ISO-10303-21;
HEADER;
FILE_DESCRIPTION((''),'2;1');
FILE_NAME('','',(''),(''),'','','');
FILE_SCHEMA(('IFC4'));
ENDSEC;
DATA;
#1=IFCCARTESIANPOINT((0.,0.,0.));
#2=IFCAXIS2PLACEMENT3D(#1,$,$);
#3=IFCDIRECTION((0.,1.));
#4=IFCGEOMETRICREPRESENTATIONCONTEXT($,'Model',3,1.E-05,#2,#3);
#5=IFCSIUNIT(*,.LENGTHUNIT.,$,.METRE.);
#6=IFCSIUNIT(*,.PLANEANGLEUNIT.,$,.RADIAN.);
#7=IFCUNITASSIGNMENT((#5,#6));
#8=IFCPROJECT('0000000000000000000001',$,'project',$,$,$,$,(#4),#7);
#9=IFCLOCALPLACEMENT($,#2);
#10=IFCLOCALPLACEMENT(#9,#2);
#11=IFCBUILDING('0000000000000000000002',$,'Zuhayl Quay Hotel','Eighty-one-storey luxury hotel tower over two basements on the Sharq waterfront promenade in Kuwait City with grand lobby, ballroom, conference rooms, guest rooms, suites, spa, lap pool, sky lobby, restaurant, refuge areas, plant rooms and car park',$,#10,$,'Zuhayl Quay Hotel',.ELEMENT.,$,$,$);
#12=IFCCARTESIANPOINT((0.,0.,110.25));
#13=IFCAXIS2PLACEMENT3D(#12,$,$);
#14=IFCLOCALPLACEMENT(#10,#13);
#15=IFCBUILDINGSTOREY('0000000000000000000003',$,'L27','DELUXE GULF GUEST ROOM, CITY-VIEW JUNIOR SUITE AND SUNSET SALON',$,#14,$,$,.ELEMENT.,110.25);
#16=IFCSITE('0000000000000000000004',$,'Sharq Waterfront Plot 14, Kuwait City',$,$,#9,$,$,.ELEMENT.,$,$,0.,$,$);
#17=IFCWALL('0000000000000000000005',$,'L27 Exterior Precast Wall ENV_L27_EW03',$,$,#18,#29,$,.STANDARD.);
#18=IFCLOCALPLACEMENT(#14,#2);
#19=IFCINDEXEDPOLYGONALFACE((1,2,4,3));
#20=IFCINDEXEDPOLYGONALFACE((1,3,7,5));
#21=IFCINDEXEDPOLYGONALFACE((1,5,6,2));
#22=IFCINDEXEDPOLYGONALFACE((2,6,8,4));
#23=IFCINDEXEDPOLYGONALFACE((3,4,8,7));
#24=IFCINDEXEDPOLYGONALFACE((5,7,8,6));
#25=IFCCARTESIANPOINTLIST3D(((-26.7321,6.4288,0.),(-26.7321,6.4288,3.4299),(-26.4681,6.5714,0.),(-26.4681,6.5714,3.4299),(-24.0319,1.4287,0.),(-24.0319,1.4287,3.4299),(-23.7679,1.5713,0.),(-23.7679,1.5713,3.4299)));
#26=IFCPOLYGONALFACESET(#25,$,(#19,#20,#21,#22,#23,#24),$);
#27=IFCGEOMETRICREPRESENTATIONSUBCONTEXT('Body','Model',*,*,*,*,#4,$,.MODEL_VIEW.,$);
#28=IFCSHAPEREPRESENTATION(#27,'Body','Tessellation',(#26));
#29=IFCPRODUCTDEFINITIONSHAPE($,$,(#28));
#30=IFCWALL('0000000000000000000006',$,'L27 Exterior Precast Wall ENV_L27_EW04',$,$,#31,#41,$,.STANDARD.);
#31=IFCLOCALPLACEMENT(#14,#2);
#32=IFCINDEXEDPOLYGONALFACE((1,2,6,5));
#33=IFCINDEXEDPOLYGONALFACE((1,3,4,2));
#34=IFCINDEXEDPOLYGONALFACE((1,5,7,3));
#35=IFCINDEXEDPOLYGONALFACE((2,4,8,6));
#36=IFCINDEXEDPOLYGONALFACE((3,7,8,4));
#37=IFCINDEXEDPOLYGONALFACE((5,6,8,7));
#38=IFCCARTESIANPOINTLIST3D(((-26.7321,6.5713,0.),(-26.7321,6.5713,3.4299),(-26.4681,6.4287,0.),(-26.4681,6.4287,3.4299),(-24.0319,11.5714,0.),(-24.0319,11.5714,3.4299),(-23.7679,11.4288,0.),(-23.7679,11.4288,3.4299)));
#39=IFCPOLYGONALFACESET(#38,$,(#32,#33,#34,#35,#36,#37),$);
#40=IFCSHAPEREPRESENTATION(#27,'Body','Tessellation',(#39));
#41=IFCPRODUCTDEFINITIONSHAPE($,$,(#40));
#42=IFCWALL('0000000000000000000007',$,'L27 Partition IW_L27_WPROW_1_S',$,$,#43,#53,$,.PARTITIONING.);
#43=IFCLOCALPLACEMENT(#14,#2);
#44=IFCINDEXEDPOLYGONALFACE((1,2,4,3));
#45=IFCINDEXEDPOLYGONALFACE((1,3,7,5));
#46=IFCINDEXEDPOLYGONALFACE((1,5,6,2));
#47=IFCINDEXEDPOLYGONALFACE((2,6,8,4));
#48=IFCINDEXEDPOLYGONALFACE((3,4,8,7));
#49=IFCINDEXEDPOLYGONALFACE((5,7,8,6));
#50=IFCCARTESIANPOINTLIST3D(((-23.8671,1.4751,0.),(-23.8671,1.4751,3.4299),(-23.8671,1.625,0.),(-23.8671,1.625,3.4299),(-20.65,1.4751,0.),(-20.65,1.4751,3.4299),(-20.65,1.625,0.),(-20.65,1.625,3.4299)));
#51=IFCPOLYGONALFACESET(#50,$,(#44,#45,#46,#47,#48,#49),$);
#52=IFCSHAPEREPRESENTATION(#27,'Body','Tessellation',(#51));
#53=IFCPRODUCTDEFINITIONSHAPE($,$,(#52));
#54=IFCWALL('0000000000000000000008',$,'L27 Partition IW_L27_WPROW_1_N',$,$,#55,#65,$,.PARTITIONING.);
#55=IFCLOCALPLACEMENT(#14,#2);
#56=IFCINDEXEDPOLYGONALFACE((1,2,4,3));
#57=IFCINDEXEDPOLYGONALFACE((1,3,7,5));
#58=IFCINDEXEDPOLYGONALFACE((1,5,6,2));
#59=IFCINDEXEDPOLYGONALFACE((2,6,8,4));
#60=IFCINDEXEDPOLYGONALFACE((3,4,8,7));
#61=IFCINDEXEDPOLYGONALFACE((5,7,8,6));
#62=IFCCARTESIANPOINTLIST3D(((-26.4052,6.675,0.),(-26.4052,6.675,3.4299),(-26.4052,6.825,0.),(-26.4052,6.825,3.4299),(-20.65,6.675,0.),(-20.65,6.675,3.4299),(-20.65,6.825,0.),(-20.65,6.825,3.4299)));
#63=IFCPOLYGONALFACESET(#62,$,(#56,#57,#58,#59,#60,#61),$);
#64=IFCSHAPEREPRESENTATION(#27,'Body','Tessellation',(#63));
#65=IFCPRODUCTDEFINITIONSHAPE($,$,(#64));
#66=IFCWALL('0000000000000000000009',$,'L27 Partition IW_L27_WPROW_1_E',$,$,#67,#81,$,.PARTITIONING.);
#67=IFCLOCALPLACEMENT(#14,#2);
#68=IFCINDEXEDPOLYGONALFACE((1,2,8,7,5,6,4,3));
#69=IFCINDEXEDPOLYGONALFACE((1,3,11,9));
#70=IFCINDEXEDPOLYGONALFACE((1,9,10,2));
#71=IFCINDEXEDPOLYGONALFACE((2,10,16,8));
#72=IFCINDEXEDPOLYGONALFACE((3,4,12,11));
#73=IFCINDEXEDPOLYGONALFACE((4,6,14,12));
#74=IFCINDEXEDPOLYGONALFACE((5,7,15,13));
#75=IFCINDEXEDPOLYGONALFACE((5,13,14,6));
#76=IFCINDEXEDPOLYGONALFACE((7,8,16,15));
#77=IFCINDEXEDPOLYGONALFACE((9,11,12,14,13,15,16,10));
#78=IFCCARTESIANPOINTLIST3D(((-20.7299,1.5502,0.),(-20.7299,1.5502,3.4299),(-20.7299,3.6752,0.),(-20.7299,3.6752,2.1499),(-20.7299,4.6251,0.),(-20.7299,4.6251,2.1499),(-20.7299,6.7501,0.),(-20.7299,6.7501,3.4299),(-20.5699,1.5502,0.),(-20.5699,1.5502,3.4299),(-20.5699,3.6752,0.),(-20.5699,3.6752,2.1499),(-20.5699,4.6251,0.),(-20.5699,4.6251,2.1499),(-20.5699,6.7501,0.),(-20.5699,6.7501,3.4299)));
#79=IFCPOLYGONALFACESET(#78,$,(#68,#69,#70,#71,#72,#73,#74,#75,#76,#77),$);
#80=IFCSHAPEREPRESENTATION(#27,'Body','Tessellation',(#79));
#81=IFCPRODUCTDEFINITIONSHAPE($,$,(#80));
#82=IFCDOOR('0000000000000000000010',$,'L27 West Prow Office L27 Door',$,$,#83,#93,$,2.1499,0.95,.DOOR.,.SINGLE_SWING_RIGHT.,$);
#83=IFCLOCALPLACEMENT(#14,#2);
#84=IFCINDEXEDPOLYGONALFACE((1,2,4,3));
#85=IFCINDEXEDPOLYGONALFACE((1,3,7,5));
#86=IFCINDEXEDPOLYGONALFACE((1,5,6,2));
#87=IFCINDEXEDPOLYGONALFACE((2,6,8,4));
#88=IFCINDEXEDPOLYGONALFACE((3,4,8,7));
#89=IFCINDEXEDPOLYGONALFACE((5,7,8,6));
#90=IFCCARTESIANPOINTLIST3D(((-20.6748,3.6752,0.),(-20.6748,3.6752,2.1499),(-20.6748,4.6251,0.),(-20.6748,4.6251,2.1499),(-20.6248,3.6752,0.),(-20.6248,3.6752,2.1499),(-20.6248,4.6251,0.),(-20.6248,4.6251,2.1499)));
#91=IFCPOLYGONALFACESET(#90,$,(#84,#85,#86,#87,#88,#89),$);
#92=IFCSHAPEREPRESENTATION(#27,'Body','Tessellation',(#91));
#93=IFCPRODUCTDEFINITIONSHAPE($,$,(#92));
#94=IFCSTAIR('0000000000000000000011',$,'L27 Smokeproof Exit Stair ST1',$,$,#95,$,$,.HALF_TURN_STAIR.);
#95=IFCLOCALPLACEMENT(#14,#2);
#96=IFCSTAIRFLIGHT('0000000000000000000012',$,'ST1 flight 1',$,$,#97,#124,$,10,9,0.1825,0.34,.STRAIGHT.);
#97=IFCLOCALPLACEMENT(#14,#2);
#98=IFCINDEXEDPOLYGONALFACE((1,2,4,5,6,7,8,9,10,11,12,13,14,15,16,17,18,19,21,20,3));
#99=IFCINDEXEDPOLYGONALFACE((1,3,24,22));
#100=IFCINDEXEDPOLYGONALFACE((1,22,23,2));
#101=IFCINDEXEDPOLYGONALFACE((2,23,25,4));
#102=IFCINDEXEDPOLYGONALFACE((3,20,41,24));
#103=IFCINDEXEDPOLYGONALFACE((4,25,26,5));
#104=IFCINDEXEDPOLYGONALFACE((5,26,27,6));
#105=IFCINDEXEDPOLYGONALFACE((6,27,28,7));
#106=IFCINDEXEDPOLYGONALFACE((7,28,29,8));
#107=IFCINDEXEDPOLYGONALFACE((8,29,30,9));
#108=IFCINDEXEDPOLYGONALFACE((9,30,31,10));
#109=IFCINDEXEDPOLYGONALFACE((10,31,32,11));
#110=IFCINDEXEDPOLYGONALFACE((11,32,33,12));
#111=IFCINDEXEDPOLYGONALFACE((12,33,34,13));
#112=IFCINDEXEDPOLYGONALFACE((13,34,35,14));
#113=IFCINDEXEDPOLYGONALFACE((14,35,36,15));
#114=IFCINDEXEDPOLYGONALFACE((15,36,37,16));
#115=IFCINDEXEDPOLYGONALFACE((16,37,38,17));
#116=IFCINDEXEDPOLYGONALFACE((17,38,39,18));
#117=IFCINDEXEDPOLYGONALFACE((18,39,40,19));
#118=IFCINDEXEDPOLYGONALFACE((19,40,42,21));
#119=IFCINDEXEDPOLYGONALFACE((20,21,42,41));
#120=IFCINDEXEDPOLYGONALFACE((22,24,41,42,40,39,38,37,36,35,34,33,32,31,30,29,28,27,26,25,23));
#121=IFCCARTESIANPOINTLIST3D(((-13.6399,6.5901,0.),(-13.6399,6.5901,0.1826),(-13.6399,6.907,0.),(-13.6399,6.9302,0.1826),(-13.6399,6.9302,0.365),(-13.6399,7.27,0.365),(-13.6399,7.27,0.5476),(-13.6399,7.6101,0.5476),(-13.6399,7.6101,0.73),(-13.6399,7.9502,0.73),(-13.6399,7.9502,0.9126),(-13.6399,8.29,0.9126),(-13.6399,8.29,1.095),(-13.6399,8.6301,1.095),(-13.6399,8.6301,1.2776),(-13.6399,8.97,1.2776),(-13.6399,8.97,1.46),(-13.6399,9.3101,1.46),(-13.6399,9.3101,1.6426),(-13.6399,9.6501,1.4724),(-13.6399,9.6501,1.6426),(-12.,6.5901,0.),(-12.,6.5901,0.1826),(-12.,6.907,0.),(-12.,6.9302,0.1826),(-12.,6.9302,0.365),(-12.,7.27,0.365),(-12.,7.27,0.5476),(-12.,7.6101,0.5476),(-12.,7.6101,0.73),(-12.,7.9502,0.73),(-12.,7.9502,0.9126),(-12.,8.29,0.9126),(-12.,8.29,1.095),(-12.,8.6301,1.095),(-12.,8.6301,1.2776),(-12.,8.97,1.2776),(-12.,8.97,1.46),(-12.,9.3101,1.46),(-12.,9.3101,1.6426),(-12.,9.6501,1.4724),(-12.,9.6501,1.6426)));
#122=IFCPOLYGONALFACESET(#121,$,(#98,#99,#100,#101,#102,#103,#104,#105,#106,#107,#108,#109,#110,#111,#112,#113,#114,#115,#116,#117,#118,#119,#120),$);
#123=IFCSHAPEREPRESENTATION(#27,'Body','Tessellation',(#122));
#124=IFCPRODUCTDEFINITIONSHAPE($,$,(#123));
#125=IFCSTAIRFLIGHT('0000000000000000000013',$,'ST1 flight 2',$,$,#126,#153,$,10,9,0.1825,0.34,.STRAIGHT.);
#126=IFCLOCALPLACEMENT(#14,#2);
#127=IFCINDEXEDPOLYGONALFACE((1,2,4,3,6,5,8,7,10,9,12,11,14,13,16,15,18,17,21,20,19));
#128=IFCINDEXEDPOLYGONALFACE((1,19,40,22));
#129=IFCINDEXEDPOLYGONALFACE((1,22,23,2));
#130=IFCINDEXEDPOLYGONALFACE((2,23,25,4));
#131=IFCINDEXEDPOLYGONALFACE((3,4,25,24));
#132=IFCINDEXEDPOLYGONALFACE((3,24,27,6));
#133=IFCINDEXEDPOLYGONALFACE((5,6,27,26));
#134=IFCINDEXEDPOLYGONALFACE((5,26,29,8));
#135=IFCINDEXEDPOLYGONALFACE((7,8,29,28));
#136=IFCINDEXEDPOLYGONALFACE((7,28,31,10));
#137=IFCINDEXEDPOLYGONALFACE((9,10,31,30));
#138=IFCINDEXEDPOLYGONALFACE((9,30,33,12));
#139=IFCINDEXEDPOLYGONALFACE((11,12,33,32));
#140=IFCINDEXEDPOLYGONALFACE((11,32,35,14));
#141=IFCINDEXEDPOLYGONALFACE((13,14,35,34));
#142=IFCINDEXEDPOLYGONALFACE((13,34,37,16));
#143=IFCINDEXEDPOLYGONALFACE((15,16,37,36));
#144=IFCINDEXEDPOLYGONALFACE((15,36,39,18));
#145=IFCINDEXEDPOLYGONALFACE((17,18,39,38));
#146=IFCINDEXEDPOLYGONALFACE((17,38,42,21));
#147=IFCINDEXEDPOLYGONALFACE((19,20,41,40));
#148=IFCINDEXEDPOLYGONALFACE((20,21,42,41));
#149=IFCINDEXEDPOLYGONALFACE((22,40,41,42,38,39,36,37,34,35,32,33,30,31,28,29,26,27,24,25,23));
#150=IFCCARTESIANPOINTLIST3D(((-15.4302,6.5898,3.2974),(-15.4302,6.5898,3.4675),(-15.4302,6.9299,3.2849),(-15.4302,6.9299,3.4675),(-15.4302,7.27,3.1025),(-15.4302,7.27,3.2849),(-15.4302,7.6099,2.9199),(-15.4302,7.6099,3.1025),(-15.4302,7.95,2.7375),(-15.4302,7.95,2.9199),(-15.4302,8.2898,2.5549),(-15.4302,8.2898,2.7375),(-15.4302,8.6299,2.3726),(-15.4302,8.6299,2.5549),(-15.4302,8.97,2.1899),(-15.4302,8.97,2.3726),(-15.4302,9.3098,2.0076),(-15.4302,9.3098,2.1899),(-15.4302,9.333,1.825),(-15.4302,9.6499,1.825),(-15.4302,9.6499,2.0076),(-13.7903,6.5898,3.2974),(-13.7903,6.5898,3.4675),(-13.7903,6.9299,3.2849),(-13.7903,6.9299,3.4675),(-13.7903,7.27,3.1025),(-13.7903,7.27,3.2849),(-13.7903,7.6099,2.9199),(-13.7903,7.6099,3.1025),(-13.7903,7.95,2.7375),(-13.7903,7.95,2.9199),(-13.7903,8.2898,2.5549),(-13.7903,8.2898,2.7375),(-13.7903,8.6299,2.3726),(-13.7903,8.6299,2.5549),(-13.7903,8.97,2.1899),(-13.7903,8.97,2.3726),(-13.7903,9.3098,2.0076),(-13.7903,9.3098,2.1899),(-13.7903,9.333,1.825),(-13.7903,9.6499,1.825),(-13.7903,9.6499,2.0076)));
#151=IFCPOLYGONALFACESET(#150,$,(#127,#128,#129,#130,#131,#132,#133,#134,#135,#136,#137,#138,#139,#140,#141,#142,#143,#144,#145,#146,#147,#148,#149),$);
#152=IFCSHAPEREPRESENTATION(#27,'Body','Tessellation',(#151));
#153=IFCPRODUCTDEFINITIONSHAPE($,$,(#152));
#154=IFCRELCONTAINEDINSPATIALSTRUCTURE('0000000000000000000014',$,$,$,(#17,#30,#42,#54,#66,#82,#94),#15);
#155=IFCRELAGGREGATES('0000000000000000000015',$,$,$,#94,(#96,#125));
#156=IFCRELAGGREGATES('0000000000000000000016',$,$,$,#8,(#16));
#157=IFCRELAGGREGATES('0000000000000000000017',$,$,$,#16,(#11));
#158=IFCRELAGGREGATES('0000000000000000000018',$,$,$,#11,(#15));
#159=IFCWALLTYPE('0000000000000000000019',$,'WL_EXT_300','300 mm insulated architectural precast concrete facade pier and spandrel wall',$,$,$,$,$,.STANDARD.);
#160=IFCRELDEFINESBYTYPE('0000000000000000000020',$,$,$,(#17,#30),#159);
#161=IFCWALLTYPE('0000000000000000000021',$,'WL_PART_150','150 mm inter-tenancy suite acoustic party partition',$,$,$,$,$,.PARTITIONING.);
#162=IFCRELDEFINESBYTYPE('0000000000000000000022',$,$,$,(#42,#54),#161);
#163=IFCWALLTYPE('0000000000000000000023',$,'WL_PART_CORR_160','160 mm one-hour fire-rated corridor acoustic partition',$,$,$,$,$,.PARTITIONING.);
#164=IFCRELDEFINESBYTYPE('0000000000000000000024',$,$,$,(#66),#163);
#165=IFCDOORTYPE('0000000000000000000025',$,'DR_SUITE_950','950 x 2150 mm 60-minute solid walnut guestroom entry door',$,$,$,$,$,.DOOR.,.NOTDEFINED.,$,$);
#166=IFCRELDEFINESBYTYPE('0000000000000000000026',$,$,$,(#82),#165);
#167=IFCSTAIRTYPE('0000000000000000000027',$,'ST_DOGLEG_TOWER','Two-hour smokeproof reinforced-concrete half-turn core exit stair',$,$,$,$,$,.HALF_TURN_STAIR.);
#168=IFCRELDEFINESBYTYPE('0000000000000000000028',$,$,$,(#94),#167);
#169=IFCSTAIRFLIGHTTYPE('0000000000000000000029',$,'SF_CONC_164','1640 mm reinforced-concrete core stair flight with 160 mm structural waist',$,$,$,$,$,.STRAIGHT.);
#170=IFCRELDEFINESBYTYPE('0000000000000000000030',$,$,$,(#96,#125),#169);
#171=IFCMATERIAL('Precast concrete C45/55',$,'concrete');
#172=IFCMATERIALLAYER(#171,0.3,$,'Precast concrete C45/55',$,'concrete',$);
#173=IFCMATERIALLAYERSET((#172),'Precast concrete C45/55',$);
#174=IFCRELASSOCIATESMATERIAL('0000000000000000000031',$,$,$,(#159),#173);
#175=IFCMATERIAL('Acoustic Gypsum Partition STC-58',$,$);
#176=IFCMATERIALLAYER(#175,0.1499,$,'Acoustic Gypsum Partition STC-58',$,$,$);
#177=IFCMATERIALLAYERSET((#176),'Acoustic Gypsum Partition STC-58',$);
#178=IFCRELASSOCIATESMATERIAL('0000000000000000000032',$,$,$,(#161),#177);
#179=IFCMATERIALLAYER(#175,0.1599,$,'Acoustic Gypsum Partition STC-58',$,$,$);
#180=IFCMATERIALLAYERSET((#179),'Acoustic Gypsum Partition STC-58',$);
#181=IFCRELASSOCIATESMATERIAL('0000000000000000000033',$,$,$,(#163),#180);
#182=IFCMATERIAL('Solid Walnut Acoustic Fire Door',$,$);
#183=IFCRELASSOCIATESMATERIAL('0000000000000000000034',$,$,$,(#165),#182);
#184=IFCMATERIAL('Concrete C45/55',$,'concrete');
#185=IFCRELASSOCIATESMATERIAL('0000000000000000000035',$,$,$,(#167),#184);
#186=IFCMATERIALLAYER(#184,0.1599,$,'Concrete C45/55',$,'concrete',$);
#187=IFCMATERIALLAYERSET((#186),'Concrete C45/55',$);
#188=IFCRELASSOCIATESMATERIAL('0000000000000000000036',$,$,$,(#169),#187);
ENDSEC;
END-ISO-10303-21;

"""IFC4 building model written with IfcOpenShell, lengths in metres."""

from ifc_helpers import new_model, si_unit, direction, frame, frame_2d, origin, place, context, subcontext, project, spatial, polyline, rectangle, outline, extrude, material, layer, layer_set, type_object, element, fill, aggregate, save


model = new_model("IFC4")

# Units and contexts
model_context = context("Model", 3, precision=1e-05, world=origin(), true_north=direction((0.0, 1.0)))
body_context = subcontext(model_context, "Body", "Model", "MODEL_VIEW")
ifc_project = project(units=[si_unit("LENGTHUNIT", "METRE"), si_unit("PLANEANGLEUNIT", "RADIAN")], contexts=[model_context])

# Site, building, storey
site_placement = place(None, origin())
site = spatial("IfcSite", under=ifc_project, at=site_placement, Name="Sharq Waterfront Plot 14, Kuwait City", CompositionType="ELEMENT", RefElevation=0.0)
building_placement = place(site_placement, origin())
building = spatial("IfcBuilding", under=site, at=building_placement, Name="Zuhayl Quay Hotel", Description="Eighty-one-storey luxury hotel tower over two basements on the Sharq waterfront promenade in Kuwait City with grand lobby, ballroom, conference rooms, guest rooms, suites, spa, lap pool, sky lobby, restaurant, refuge areas, plant rooms and car park", LongName="Zuhayl Quay Hotel", CompositionType="ELEMENT")
storey_placement = place(building_placement, frame((0.0, 0.0, 110.25)))
storey = spatial("IfcBuildingStorey", under=building, at=storey_placement, Name="L27", Description="DELUXE GULF GUEST ROOM, CITY-VIEW JUNIOR SUITE AND SUNSET SALON", CompositionType="ELEMENT", Elevation=110.25)

# Walls
ifc_material_1 = material(Name="Precast concrete C45/55", Category="concrete")
ifc_layer_1 = layer(ifc_material_1, 0.3, Name="Precast concrete C45/55", Category="concrete")
ifc_layer_set_1 = layer_set([ifc_layer_1], Name="Precast concrete C45/55")
wall_type_1 = type_object("IfcWallType", Name="WL_EXT_300", Description="300 mm insulated architectural precast concrete facade pier and spandrel wall", PredefinedType="STANDARD", material=ifc_layer_set_1)
for number, where, z_axis, x_axis, name in (
    (1, (-23.8999, 1.5, 0.0), (0.0, 0.0, 1.0), (-0.475176, 0.879891, 0.0), "L27 Exterior Precast Wall ENV_L27_EW03"),
    (2, (-26.6001, 6.5, 0.0), (0.0, 0.0, 1.0), (0.475176, 0.879891, 0.0), "L27 Exterior Precast Wall ENV_L27_EW04"),
):
    element("IfcWall", number, at=place(storey_placement, frame(where, z_axis=z_axis, x_axis=x_axis)), inside=storey, type_object=wall_type_1, Name=name, PredefinedType="STANDARD", context=body_context, shape_type="SweptSolid", body=[
        extrude(rectangle(XDim=5.6826, YDim=0.3, at=frame_2d((2.8413, 0.0))), origin(), (0.0, 0.0, 1.0), 3.4299),
    ])
ifc_material_2 = material(Name="Acoustic Gypsum Partition STC-58")
ifc_layer_2 = layer(ifc_material_2, 0.1499, Name="Acoustic Gypsum Partition STC-58")
ifc_layer_set_2 = layer_set([ifc_layer_2], Name="Acoustic Gypsum Partition STC-58")
wall_type_2 = type_object("IfcWallType", Name="WL_PART_150", Description="150 mm inter-tenancy suite acoustic party partition", PredefinedType="PARTITIONING", material=ifc_layer_set_2)
wall_1_placement = place(storey_placement, frame((-23.8669, 1.55, 0.0), z_axis=(0.0, 0.0, 1.0), x_axis=(1.0, 0.0, 0.0)))
element("IfcWall", 3, at=wall_1_placement, inside=storey, type_object=wall_type_2, Name="L27 Partition IW_L27_WPROW_1_S", PredefinedType="PARTITIONING", context=body_context, shape_type="SweptSolid", body=[
    extrude(rectangle(XDim=3.217, YDim=0.1499, at=frame_2d((1.6084, 0.0))), origin(), (0.0, 0.0, 1.0), 3.4299),
])
wall_2_placement = place(storey_placement, frame((-26.405, 6.75, 0.0), z_axis=(0.0, 0.0, 1.0), x_axis=(1.0, 0.0, 0.0)))
element("IfcWall", 4, at=wall_2_placement, inside=storey, type_object=wall_type_2, Name="L27 Partition IW_L27_WPROW_1_N", PredefinedType="PARTITIONING", context=body_context, shape_type="SweptSolid", body=[
    extrude(rectangle(XDim=5.7551, YDim=0.1499, at=frame_2d((2.8774, 0.0))), origin(), (0.0, 0.0, 1.0), 3.4299),
])

# Wall, opening, door
ifc_layer_3 = layer(ifc_material_2, 0.1599, Name="Acoustic Gypsum Partition STC-58")
ifc_layer_set_3 = layer_set([ifc_layer_3], Name="Acoustic Gypsum Partition STC-58")
wall_type_3 = type_object("IfcWallType", Name="WL_PART_CORR_160", Description="160 mm one-hour fire-rated corridor acoustic partition", PredefinedType="PARTITIONING", material=ifc_layer_set_3)
wall_3_placement = place(storey_placement, frame((-20.6499, 1.55, 0.0), z_axis=(0.0, 0.0, 1.0), x_axis=(0.0, 1.0, 0.0)))
wall_3 = element("IfcWall", 5, at=wall_3_placement, inside=storey, type_object=wall_type_3, Name="L27 Partition IW_L27_WPROW_1_E", PredefinedType="PARTITIONING", context=body_context, shape_type="SweptSolid", body=[
    extrude(rectangle(XDim=5.2, YDim=0.1599, at=frame_2d((2.6001, 0.0))), origin(), (0.0, 0.0, 1.0), 3.4299),
])
opening_1_placement = place(wall_3_placement, frame((2.125, 0.0, 0.0)))
opening_1 = element("IfcOpeningElement", 6, at=opening_1_placement, cuts=wall_3, PredefinedType="OPENING", context=body_context, shape_type="SweptSolid", body=[
    extrude(rectangle(XDim=0.95, YDim=2.1499, at=frame_2d((0.4751, 1.075))), frame((0.0, 0.0898, 0.0), z_axis=(0.0, -1.0, 0.0), x_axis=(1.0, 0.0, 0.0)), (0.0, 0.0, 1.0), 0.1799),
])
ifc_material_3 = material(Name="Solid Walnut Acoustic Fire Door")
door_type = type_object("IfcDoorType", Name="DR_SUITE_950", Description="950 x 2150 mm 60-minute solid walnut guestroom entry door", OperationType="NOTDEFINED", PredefinedType="DOOR", material=ifc_material_3)
door_1_placement = place(opening_1_placement, origin())
door_1 = element("IfcDoor", 7, at=door_1_placement, inside=storey, type_object=door_type, Name="L27 West Prow Office L27 Door", OperationType="SINGLE_SWING_RIGHT", OverallHeight=2.1499, OverallWidth=0.95, PredefinedType="DOOR", context=body_context, shape_type="SweptSolid", body=[
    extrude(rectangle(XDim=0.95, YDim=2.1499, at=frame_2d((0.4751, 1.075))), frame((0.0, 0.0249, 0.0), z_axis=(0.0, -1.0, 0.0), x_axis=(1.0, 0.0, 0.0)), (0.0, 0.0, 1.0), 0.05),
])
fill(opening_1, door_1)

# Stair, stair flights
ifc_material_4 = material(Name="Concrete C45/55", Category="concrete")
stair_type = type_object("IfcStairType", Name="ST_DOGLEG_TOWER", Description="Two-hour smokeproof reinforced-concrete half-turn core exit stair", PredefinedType="HALF_TURN_STAIR", material=ifc_material_4)
stair_placement = place(storey_placement, origin())
stair = element("IfcStair", 8, at=stair_placement, inside=storey, type_object=stair_type, Name="L27 Smokeproof Exit Stair ST1", PredefinedType="HALF_TURN_STAIR")
ifc_layer_4 = layer(ifc_material_4, 0.1599, Name="Concrete C45/55", Category="concrete")
ifc_layer_set_4 = layer_set([ifc_layer_4], Name="Concrete C45/55")
stair_flight_type = type_object("IfcStairFlightType", Name="SF_CONC_164", Description="1640 mm reinforced-concrete core stair flight with 160 mm structural waist", PredefinedType="STRAIGHT", material=ifc_layer_set_4)
stair_flight_1_placement = place(storey_placement, frame((-12.8201, 6.5901, 0.0), z_axis=(0.0, 0.0, 1.0), x_axis=(0.0, 1.0, 0.0)))
stair_flight_1 = element("IfcStairFlight", 9, at=stair_flight_1_placement, type_object=stair_flight_type, Name="ST1 flight 1", NumberOfRisers=10, NumberOfTreads=9, PredefinedType="STRAIGHT", RiserHeight=0.1825, TreadLength=0.34, context=body_context, shape_type="SweptSolid", body=[
    extrude(outline(polyline([(0.0, 0.0), (0.0, 0.1826), (0.3401, 0.1826), (0.3401, 0.365), (0.6799, 0.365), (0.6799, 0.5476), (1.02, 0.5476), (1.02, 0.73), (1.3601, 0.73), (1.3601, 0.9126), (1.7, 0.9126), (1.7, 1.095), (2.04, 1.095), (2.04, 1.2776), (2.3799, 1.2776), (2.3799, 1.46), (2.72, 1.46), (2.72, 1.6426), (3.0601, 1.6426), (3.0601, 1.825), (3.0601, 1.4724), (0.3169, 0.0), (0.0, 0.0)])), frame((0.0, 0.8198, 0.0), z_axis=(0.0, -1.0, 0.0), x_axis=(1.0, 0.0, 0.0)), (0.0, 0.0, 1.0), 1.6399),
])
stair_flight_2_placement = place(storey_placement, frame((-14.6101, 9.6499, 1.825), z_axis=(0.0, 0.0, 1.0), x_axis=(0.0, -1.0, 0.0)))
stair_flight_2 = element("IfcStairFlight", 10, at=stair_flight_2_placement, type_object=stair_flight_type, Name="ST1 flight 2", NumberOfRisers=10, NumberOfTreads=9, PredefinedType="STRAIGHT", RiserHeight=0.1825, TreadLength=0.34, context=body_context, shape_type="SweptSolid", body=[
    extrude(outline(polyline([(0.0, 0.0), (0.0, 0.1826), (0.3401, 0.1826), (0.3401, 0.365), (0.6799, 0.365), (0.6799, 0.5476), (1.02, 0.5476), (1.02, 0.73), (1.3601, 0.73), (1.3601, 0.9126), (1.7, 0.9126), (1.7, 1.095), (2.04, 1.095), (2.04, 1.2776), (2.3799, 1.2776), (2.3799, 1.46), (2.72, 1.46), (2.72, 1.6426), (3.0601, 1.6426), (3.0601, 1.825), (3.0601, 1.4724), (0.3169, 0.0), (0.0, 0.0)])), frame((0.0, 0.8198, 0.0), z_axis=(0.0, -1.0, 0.0), x_axis=(1.0, 0.0, 0.0)), (0.0, 0.0, 1.0), 1.6399),
])
aggregate(stair, [stair_flight_1, stair_flight_2])

save(model, "model.ifc")
